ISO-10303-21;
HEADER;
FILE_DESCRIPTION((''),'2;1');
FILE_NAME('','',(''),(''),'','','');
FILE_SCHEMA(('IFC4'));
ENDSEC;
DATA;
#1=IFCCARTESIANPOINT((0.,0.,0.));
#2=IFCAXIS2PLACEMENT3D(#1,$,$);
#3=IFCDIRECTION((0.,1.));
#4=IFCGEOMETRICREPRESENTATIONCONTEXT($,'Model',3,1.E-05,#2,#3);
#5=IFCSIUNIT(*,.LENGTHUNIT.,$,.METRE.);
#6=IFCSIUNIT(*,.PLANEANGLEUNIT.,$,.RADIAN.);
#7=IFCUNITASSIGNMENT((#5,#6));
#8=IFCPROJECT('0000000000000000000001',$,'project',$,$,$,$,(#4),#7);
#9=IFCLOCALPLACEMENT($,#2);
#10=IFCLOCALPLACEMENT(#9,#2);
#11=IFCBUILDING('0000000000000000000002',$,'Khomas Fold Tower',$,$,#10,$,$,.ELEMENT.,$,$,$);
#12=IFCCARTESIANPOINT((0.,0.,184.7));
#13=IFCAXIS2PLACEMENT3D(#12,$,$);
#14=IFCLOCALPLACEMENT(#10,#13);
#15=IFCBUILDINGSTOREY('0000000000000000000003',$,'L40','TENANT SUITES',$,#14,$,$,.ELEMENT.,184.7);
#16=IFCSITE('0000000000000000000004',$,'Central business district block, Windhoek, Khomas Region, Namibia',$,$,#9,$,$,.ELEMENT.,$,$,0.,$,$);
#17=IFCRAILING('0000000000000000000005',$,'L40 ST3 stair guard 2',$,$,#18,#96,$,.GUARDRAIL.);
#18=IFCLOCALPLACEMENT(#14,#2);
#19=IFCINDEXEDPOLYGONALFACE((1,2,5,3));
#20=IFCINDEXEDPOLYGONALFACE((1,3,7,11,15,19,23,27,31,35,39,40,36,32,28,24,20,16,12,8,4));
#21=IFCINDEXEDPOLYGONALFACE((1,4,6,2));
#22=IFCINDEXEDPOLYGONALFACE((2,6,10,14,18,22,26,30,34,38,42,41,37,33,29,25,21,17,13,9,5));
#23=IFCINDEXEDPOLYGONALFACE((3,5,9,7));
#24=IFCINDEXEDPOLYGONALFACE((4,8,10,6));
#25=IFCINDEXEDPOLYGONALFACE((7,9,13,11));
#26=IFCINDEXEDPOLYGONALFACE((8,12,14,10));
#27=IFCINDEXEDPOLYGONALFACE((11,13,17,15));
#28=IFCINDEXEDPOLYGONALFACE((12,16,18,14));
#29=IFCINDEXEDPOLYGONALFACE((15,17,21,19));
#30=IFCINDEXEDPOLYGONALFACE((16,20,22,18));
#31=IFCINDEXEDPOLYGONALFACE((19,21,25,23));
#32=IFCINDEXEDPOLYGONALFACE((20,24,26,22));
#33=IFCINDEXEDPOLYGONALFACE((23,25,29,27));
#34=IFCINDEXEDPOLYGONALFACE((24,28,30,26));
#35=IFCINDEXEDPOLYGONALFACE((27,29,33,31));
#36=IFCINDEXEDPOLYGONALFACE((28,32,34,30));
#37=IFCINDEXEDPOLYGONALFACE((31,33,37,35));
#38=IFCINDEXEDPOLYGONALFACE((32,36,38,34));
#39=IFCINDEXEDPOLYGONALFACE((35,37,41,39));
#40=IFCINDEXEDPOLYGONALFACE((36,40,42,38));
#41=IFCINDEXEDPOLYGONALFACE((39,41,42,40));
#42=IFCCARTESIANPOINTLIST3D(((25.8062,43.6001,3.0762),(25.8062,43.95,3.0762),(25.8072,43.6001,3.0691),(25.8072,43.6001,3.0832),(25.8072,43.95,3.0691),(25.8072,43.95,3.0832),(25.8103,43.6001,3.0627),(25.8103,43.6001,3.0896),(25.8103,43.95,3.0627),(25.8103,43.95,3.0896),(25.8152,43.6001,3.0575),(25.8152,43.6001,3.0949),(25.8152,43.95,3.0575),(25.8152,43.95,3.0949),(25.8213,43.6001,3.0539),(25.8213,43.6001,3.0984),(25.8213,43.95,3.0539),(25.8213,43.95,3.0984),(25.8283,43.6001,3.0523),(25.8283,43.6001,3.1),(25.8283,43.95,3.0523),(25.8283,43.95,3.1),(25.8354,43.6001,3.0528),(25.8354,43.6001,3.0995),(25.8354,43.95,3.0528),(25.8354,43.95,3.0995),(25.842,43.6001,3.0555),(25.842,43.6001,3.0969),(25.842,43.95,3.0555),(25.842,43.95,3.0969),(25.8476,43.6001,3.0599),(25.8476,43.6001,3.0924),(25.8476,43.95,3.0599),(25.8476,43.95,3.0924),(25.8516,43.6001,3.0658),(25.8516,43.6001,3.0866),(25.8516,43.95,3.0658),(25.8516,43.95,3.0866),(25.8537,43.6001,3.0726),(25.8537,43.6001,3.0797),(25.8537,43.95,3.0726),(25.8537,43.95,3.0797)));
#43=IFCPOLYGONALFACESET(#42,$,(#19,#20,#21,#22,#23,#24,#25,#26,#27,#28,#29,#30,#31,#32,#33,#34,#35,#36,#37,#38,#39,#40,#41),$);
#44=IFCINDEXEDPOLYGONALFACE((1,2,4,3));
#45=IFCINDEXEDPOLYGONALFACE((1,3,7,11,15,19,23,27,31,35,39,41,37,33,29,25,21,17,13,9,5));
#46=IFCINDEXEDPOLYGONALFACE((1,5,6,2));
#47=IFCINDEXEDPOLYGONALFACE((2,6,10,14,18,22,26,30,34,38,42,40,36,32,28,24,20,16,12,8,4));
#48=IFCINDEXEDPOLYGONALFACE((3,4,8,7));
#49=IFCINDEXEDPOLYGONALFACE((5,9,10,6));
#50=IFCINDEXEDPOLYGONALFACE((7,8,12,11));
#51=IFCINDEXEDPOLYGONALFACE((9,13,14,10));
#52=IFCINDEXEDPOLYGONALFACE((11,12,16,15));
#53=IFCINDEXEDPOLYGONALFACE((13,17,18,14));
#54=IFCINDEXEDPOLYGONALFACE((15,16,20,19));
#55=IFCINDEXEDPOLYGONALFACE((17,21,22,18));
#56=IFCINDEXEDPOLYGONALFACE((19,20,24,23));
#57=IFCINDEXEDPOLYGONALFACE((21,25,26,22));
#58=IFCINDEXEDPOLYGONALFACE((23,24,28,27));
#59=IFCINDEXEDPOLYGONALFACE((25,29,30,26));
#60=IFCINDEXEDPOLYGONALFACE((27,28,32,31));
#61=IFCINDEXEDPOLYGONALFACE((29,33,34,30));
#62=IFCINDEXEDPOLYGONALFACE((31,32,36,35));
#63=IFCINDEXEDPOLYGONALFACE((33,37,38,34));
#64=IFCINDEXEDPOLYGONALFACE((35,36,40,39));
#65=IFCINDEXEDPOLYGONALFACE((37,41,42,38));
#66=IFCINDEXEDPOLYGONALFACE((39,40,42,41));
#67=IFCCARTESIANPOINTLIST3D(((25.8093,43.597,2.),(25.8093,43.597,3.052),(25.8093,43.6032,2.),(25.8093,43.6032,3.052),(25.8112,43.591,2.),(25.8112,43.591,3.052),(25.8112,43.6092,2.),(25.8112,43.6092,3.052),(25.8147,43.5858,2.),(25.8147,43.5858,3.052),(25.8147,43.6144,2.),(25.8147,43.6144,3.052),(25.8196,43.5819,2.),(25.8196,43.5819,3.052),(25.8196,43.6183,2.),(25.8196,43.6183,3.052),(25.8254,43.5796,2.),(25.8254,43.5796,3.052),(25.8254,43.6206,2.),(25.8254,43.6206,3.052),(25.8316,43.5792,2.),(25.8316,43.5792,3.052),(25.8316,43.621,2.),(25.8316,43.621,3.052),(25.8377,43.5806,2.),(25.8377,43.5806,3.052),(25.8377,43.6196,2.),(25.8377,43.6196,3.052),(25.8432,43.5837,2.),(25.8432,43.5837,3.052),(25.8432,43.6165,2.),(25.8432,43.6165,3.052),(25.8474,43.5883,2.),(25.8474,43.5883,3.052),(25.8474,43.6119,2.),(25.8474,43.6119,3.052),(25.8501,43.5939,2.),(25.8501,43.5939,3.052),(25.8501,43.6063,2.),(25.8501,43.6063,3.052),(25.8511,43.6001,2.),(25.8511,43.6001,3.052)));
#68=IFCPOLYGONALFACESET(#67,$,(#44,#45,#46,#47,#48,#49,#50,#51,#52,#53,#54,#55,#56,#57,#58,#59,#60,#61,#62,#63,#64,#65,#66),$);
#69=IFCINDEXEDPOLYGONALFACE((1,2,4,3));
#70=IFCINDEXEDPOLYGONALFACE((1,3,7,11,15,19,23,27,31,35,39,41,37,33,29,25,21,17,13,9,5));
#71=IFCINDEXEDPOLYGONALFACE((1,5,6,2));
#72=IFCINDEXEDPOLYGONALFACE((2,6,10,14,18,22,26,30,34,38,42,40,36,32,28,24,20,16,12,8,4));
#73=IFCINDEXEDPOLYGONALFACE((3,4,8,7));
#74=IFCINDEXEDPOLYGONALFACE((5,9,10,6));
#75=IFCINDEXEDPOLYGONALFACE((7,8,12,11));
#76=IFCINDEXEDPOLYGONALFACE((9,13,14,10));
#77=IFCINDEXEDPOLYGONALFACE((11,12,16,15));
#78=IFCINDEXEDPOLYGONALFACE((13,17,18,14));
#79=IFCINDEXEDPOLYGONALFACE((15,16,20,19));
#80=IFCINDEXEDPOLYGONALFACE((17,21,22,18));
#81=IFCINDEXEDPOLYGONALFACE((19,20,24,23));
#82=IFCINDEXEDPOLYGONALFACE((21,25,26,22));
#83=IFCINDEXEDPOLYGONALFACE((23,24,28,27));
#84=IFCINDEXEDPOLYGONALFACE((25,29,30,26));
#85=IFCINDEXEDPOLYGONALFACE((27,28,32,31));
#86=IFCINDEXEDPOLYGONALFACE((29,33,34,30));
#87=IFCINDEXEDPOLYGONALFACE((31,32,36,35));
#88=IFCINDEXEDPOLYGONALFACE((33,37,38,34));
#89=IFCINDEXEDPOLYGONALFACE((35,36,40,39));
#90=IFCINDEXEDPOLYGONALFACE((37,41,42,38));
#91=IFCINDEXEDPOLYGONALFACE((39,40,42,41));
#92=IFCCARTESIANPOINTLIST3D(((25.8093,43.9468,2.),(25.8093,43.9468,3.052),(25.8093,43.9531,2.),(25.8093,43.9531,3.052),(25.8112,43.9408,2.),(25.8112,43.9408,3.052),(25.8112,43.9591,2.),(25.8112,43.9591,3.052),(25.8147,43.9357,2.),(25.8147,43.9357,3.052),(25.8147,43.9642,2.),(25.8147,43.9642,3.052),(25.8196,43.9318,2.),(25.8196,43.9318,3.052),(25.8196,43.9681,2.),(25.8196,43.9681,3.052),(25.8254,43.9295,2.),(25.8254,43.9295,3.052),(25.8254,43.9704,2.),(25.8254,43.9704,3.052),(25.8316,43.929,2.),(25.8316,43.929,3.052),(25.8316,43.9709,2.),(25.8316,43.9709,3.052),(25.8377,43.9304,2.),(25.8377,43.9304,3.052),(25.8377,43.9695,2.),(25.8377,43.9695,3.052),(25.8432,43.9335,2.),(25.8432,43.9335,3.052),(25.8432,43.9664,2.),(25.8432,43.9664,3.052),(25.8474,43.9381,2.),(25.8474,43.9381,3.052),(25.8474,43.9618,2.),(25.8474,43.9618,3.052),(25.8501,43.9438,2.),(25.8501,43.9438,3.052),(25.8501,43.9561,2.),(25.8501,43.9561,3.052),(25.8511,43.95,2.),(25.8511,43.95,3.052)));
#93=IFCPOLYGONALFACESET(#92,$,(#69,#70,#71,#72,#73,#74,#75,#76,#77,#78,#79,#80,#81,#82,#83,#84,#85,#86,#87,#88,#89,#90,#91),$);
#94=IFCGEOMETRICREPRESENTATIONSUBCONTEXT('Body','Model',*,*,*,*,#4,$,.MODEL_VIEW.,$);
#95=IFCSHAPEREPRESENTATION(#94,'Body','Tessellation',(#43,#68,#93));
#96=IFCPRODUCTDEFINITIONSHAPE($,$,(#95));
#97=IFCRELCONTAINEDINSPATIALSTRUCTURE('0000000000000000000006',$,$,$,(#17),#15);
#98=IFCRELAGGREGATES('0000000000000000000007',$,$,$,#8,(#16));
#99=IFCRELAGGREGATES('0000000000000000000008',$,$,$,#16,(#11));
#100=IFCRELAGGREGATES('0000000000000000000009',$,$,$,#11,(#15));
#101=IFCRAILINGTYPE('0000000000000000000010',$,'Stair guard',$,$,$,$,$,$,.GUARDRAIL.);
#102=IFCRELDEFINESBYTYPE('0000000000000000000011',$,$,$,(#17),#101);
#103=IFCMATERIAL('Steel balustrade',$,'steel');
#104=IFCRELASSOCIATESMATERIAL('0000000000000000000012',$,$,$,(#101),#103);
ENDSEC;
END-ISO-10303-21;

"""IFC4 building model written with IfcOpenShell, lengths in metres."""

from ifc_helpers import new_model, si_unit, direction, frame, origin, origin_2d, place, context, subcontext, project, spatial, circle, extrude, source, transform, mapped, material, type_object, element, save


model = new_model("IFC4")

# Units and contexts
model_context = context("Model", 3, precision=1e-05, world=origin(), true_north=direction((0.0, 1.0)))
body_context = subcontext(model_context, "Body", "Model", "MODEL_VIEW")
ifc_project = project(units=[si_unit("LENGTHUNIT", "METRE"), si_unit("PLANEANGLEUNIT", "RADIAN")], contexts=[model_context])

# Site, building, storey
site_placement = place(None, origin())
site = spatial("IfcSite", under=ifc_project, at=site_placement, Name="Central business district block, Windhoek, Khomas Region, Namibia", CompositionType="ELEMENT", RefElevation=0.0)
building_placement = place(site_placement, origin())
building = spatial("IfcBuilding", under=site, at=building_placement, Name="Khomas Fold Tower", CompositionType="ELEMENT")
storey_placement = place(building_placement, frame((0.0, 0.0, 184.7)))
storey = spatial("IfcBuildingStorey", under=building, at=storey_placement, Name="L40", Description="TENANT SUITES", CompositionType="ELEMENT", Elevation=184.7)

# Railing
ifc_material_1 = material(Name="Steel balustrade", Category="steel")
railing_type_1 = type_object("IfcRailingType", Name="Stair guard", PredefinedType="GUARDRAIL", material=ifc_material_1)
shared_shape_1 = source(origin(), body_context, "Body", "SweptSolid", [
    extrude(circle(Radius=0.0239, at=origin_2d()), frame((0.0, 0.0, 1.0762), z_axis=(0.0, 1.0, 0.0), x_axis=(-1.0, 0.0, 0.0)), (0.0, 0.0, 1.0), 0.3499),
    extrude(circle(Radius=0.021, at=origin_2d()), origin(), (0.0, 0.0, 1.0), 1.052),
    extrude(circle(Radius=0.021, at=origin_2d()), frame((0.0, 0.3499, 0.0)), (0.0, 0.0, 1.0), 1.052),
])
railing_1_placement = place(storey_placement, frame((25.8301, 43.6001, 2.0)))
element("IfcRailing", 1, at=railing_1_placement, inside=storey, type_object=railing_type_1, Name="L40 ST3 stair guard 2", PredefinedType="GUARDRAIL", context=body_context, shape_type="MappedRepresentation", body=[
    mapped(shared_shape_1, transform((0.0, 0.0, 0.0))),
])

save(model, "model.ifc")
